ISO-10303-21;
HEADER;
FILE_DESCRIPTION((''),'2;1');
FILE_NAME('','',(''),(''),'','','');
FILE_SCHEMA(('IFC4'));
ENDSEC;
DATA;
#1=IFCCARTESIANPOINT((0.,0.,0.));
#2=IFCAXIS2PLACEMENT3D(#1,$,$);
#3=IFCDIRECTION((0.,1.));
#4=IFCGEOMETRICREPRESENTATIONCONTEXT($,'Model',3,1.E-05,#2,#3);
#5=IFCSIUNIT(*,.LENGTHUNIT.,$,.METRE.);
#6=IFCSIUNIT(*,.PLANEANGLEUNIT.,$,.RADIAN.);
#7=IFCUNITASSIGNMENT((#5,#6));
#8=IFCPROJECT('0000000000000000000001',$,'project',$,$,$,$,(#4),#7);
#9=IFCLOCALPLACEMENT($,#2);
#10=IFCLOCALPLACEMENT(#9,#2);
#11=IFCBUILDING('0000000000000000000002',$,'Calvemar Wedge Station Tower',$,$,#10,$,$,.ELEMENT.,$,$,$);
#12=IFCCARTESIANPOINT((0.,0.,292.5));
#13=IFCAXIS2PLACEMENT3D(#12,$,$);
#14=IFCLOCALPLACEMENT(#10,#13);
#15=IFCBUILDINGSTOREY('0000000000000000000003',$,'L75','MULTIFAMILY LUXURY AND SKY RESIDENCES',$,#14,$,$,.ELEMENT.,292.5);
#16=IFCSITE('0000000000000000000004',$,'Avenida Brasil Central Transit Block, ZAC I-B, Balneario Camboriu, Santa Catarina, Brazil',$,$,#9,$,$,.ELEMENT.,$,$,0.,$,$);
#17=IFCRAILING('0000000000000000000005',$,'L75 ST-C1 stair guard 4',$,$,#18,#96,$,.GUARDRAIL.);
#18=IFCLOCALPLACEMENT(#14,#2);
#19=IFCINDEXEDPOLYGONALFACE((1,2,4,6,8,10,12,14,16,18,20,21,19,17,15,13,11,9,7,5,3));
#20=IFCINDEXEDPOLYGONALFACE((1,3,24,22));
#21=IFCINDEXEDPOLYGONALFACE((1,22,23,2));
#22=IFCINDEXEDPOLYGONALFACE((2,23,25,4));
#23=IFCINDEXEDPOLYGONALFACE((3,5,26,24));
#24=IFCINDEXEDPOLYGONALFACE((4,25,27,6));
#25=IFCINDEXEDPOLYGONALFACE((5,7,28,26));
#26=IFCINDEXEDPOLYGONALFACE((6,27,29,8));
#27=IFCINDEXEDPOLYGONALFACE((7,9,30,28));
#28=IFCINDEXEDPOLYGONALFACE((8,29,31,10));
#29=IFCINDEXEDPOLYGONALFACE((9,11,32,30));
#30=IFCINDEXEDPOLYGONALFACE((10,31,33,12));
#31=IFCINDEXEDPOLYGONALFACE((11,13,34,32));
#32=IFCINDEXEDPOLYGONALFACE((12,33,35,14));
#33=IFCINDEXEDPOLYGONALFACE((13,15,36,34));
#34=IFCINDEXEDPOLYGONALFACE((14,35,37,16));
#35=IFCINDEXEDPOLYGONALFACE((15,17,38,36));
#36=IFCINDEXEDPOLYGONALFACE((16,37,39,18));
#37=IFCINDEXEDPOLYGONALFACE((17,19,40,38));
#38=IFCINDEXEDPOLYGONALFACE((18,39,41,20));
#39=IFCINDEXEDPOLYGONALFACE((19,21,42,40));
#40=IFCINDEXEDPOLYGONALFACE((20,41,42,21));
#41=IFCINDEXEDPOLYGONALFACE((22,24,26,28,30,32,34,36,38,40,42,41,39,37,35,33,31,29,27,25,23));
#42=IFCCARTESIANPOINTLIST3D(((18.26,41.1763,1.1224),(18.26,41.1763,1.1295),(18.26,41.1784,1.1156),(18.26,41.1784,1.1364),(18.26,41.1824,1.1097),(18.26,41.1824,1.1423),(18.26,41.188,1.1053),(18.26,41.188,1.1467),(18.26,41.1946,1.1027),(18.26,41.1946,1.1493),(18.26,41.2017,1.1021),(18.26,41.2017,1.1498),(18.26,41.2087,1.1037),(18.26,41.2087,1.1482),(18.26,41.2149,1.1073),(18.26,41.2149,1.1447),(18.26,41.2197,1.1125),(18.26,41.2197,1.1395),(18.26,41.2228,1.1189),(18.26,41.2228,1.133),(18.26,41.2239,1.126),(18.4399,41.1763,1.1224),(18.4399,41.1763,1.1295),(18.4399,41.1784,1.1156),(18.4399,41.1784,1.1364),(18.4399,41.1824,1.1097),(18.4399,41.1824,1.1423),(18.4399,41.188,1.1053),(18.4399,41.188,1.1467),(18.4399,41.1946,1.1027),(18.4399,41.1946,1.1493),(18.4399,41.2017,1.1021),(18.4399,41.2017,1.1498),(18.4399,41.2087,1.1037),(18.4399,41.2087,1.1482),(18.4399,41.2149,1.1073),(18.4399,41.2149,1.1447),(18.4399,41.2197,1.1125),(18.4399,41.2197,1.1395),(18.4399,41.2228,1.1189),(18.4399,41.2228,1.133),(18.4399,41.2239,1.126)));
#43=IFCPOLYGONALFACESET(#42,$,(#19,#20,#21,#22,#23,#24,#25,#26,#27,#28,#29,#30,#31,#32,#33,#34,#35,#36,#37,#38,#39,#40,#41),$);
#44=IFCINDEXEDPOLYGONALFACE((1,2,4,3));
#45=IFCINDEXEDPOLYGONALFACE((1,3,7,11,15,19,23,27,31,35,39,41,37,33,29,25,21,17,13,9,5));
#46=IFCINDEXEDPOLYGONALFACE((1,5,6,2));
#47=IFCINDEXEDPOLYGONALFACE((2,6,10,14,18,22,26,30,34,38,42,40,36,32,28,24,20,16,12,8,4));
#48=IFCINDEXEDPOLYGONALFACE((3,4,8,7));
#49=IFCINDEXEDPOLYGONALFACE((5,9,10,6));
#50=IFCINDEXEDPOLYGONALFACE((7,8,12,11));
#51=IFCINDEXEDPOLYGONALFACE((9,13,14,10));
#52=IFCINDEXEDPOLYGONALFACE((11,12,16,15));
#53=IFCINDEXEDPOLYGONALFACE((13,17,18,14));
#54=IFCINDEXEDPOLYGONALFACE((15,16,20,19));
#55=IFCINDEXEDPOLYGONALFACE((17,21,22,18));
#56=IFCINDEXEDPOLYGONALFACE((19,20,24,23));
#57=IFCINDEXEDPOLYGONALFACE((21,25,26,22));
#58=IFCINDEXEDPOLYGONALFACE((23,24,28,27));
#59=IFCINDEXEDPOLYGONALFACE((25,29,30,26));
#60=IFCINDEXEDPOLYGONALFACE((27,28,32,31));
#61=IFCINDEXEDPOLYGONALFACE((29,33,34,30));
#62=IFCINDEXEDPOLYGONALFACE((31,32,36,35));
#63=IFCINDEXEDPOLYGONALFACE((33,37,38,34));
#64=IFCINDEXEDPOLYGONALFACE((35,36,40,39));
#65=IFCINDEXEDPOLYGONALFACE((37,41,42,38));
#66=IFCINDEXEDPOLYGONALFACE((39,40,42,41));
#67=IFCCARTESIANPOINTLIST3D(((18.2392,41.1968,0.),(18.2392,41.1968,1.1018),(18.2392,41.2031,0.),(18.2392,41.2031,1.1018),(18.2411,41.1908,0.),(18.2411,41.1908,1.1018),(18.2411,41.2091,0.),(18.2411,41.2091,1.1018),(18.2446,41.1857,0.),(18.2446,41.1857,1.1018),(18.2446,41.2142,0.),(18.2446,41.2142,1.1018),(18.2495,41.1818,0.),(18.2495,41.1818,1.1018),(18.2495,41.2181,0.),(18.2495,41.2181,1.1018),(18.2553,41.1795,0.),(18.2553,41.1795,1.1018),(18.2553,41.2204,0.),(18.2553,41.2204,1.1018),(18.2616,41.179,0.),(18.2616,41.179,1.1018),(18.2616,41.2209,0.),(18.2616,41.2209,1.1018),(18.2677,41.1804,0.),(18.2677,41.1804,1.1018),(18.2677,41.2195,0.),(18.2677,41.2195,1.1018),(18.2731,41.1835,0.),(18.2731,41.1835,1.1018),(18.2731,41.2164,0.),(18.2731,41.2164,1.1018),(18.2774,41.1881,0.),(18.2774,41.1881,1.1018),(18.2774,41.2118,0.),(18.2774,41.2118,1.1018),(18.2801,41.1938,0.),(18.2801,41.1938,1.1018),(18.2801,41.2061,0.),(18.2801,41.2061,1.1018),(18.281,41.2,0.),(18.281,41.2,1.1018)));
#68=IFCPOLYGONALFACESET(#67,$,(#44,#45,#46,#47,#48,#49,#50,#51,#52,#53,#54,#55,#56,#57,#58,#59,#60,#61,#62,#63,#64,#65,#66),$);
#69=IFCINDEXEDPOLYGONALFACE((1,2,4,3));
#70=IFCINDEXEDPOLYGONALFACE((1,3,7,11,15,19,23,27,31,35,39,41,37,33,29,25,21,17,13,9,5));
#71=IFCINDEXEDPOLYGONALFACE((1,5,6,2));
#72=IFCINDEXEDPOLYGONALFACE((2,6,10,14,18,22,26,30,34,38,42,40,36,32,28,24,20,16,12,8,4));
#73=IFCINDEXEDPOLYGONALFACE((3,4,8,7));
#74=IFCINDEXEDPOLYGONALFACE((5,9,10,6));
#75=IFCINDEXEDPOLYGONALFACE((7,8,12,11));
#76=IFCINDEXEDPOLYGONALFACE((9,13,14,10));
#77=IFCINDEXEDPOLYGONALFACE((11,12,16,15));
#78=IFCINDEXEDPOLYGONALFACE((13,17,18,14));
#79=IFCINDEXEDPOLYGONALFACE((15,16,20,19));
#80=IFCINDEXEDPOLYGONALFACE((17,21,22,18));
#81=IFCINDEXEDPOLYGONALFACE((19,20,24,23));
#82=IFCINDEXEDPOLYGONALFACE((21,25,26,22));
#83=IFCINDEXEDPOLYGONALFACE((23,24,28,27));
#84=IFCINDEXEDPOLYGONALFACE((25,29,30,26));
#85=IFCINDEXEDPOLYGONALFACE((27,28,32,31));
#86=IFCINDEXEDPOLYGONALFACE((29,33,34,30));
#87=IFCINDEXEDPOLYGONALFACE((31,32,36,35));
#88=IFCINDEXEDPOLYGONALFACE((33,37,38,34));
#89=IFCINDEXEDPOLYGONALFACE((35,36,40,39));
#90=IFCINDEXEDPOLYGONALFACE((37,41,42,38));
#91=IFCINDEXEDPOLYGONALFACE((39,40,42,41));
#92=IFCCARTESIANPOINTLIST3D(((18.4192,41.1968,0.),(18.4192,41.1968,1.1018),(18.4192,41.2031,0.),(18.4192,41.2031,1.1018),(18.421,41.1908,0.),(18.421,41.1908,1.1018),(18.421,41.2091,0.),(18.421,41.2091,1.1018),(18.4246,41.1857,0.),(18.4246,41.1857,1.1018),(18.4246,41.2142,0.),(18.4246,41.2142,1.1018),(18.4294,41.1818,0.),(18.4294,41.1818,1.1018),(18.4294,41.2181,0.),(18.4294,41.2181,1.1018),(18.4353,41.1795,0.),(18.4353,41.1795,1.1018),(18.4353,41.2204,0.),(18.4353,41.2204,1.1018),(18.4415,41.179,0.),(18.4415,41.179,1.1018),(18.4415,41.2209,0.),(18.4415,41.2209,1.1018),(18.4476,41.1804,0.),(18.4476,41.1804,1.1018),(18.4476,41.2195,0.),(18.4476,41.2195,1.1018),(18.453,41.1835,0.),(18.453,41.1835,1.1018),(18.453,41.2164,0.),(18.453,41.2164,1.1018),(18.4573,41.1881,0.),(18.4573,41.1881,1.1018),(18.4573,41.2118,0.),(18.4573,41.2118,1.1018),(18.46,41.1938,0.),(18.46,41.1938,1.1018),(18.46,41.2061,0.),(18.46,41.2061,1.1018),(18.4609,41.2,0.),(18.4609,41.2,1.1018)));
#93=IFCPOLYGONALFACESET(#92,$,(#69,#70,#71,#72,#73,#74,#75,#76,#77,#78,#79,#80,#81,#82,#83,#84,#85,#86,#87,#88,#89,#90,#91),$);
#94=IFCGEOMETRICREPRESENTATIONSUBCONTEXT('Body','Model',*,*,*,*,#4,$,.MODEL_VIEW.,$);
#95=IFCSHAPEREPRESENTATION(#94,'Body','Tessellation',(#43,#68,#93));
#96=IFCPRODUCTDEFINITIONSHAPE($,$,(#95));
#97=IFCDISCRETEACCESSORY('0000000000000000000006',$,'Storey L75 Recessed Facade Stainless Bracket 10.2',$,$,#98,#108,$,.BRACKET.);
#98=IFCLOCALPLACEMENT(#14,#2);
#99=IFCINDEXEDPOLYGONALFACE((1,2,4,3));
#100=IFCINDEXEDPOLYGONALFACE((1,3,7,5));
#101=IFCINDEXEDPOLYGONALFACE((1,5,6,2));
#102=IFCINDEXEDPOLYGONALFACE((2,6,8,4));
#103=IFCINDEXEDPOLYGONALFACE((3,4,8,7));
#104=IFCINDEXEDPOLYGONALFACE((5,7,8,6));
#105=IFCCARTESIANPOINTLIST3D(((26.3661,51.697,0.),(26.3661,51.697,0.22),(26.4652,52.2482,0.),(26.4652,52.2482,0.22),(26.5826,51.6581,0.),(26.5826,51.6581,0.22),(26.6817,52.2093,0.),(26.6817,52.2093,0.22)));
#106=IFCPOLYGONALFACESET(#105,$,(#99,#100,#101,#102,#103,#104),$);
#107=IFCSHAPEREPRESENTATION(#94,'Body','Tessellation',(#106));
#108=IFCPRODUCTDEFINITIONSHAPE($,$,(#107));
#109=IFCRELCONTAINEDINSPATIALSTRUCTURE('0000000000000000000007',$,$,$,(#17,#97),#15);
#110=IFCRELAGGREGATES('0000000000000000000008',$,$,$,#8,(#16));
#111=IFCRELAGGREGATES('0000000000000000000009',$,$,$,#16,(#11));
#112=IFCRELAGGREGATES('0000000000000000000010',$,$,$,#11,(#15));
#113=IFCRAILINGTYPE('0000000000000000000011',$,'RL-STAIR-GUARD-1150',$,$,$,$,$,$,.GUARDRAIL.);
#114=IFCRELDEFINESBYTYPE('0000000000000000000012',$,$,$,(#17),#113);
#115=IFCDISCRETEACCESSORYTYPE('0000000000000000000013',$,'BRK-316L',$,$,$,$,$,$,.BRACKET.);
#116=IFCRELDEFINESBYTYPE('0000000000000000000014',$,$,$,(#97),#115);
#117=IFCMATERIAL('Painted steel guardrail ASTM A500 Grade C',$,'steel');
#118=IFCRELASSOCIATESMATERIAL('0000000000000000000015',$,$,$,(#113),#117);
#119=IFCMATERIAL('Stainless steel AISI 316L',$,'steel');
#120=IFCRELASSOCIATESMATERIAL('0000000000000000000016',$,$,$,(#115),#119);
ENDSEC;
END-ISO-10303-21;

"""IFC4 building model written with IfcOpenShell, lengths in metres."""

from ifc_helpers import new_model, si_unit, direction, frame, origin, origin_2d, place, context, subcontext, project, spatial, rectangle, circle, extrude, source, transform, mapped, material, type_object, element, save


model = new_model("IFC4")

# Units and contexts
model_context = context("Model", 3, precision=1e-05, world=origin(), true_north=direction((0.0, 1.0)))
body_context = subcontext(model_context, "Body", "Model", "MODEL_VIEW")
ifc_project = project(units=[si_unit("LENGTHUNIT", "METRE"), si_unit("PLANEANGLEUNIT", "RADIAN")], contexts=[model_context])

# Site, building, storey
site_placement = place(None, origin())
site = spatial("IfcSite", under=ifc_project, at=site_placement, Name="Avenida Brasil Central Transit Block, ZAC I-B, Balneario Camboriu, Santa Catarina, Brazil", CompositionType="ELEMENT", RefElevation=0.0)
building_placement = place(site_placement, origin())
building = spatial("IfcBuilding", under=site, at=building_placement, Name="Calvemar Wedge Station Tower", CompositionType="ELEMENT")
storey_placement = place(building_placement, frame((0.0, 0.0, 292.5)))
storey = spatial("IfcBuildingStorey", under=building, at=storey_placement, Name="L75", Description="MULTIFAMILY LUXURY AND SKY RESIDENCES", CompositionType="ELEMENT", Elevation=292.5)

# Railing
ifc_material_1 = material(Name="Painted steel guardrail ASTM A500 Grade C", Category="steel")
railing_type = type_object("IfcRailingType", Name="RL-STAIR-GUARD-1150", PredefinedType="GUARDRAIL", material=ifc_material_1)
railing_1_placement = place(storey_placement, frame((18.26, 41.2, 0.0)))
element("IfcRailing", 1, at=railing_1_placement, inside=storey, type_object=railing_type, Name="L75 ST-C1 stair guard 4", PredefinedType="GUARDRAIL", context=body_context, shape_type="SweptSolid", body=[
    extrude(circle(Radius=0.0239, at=origin_2d()), frame((0.0, 0.0, 1.126), z_axis=(1.0, 0.0, 0.0), x_axis=(0.0, 1.0, 0.0)), (0.0, 0.0, 1.0), 0.1799),
    extrude(circle(Radius=0.021, at=origin_2d()), origin(), (0.0, 0.0, 1.0), 1.1018),
    extrude(circle(Radius=0.021, at=origin_2d()), frame((0.1799, 0.0, 0.0)), (0.0, 0.0, 1.0), 1.1018),
])

# Discrete accessory
ifc_material_2 = material(Name="Stainless steel AISI 316L", Category="steel")
discrete_accessory_type = type_object("IfcDiscreteAccessoryType", Name="BRK-316L", PredefinedType="BRACKET", material=ifc_material_2)
shared_shape_1 = source(origin(), body_context, "Body", "SweptSolid", [
    extrude(rectangle(XDim=0.22, YDim=0.5601, at=origin_2d()), origin(), (0.0, 0.0, 1.0), 0.22),
])
discrete_accessory_placement = place(storey_placement, frame((26.5239, 51.9531, 0.0), z_axis=(0.0, 0.0, 1.0), x_axis=(-0.984227, 0.176913, 0.0)))
element("IfcDiscreteAccessory", 2, at=discrete_accessory_placement, inside=storey, type_object=discrete_accessory_type, Name="Storey L75 Recessed Facade Stainless Bracket 10.2", PredefinedType="BRACKET", context=body_context, shape_type="MappedRepresentation", body=[
    mapped(shared_shape_1, transform((0.0, 0.0, 0.0), scale=1.0)),
])

save(model, "model.ifc")
